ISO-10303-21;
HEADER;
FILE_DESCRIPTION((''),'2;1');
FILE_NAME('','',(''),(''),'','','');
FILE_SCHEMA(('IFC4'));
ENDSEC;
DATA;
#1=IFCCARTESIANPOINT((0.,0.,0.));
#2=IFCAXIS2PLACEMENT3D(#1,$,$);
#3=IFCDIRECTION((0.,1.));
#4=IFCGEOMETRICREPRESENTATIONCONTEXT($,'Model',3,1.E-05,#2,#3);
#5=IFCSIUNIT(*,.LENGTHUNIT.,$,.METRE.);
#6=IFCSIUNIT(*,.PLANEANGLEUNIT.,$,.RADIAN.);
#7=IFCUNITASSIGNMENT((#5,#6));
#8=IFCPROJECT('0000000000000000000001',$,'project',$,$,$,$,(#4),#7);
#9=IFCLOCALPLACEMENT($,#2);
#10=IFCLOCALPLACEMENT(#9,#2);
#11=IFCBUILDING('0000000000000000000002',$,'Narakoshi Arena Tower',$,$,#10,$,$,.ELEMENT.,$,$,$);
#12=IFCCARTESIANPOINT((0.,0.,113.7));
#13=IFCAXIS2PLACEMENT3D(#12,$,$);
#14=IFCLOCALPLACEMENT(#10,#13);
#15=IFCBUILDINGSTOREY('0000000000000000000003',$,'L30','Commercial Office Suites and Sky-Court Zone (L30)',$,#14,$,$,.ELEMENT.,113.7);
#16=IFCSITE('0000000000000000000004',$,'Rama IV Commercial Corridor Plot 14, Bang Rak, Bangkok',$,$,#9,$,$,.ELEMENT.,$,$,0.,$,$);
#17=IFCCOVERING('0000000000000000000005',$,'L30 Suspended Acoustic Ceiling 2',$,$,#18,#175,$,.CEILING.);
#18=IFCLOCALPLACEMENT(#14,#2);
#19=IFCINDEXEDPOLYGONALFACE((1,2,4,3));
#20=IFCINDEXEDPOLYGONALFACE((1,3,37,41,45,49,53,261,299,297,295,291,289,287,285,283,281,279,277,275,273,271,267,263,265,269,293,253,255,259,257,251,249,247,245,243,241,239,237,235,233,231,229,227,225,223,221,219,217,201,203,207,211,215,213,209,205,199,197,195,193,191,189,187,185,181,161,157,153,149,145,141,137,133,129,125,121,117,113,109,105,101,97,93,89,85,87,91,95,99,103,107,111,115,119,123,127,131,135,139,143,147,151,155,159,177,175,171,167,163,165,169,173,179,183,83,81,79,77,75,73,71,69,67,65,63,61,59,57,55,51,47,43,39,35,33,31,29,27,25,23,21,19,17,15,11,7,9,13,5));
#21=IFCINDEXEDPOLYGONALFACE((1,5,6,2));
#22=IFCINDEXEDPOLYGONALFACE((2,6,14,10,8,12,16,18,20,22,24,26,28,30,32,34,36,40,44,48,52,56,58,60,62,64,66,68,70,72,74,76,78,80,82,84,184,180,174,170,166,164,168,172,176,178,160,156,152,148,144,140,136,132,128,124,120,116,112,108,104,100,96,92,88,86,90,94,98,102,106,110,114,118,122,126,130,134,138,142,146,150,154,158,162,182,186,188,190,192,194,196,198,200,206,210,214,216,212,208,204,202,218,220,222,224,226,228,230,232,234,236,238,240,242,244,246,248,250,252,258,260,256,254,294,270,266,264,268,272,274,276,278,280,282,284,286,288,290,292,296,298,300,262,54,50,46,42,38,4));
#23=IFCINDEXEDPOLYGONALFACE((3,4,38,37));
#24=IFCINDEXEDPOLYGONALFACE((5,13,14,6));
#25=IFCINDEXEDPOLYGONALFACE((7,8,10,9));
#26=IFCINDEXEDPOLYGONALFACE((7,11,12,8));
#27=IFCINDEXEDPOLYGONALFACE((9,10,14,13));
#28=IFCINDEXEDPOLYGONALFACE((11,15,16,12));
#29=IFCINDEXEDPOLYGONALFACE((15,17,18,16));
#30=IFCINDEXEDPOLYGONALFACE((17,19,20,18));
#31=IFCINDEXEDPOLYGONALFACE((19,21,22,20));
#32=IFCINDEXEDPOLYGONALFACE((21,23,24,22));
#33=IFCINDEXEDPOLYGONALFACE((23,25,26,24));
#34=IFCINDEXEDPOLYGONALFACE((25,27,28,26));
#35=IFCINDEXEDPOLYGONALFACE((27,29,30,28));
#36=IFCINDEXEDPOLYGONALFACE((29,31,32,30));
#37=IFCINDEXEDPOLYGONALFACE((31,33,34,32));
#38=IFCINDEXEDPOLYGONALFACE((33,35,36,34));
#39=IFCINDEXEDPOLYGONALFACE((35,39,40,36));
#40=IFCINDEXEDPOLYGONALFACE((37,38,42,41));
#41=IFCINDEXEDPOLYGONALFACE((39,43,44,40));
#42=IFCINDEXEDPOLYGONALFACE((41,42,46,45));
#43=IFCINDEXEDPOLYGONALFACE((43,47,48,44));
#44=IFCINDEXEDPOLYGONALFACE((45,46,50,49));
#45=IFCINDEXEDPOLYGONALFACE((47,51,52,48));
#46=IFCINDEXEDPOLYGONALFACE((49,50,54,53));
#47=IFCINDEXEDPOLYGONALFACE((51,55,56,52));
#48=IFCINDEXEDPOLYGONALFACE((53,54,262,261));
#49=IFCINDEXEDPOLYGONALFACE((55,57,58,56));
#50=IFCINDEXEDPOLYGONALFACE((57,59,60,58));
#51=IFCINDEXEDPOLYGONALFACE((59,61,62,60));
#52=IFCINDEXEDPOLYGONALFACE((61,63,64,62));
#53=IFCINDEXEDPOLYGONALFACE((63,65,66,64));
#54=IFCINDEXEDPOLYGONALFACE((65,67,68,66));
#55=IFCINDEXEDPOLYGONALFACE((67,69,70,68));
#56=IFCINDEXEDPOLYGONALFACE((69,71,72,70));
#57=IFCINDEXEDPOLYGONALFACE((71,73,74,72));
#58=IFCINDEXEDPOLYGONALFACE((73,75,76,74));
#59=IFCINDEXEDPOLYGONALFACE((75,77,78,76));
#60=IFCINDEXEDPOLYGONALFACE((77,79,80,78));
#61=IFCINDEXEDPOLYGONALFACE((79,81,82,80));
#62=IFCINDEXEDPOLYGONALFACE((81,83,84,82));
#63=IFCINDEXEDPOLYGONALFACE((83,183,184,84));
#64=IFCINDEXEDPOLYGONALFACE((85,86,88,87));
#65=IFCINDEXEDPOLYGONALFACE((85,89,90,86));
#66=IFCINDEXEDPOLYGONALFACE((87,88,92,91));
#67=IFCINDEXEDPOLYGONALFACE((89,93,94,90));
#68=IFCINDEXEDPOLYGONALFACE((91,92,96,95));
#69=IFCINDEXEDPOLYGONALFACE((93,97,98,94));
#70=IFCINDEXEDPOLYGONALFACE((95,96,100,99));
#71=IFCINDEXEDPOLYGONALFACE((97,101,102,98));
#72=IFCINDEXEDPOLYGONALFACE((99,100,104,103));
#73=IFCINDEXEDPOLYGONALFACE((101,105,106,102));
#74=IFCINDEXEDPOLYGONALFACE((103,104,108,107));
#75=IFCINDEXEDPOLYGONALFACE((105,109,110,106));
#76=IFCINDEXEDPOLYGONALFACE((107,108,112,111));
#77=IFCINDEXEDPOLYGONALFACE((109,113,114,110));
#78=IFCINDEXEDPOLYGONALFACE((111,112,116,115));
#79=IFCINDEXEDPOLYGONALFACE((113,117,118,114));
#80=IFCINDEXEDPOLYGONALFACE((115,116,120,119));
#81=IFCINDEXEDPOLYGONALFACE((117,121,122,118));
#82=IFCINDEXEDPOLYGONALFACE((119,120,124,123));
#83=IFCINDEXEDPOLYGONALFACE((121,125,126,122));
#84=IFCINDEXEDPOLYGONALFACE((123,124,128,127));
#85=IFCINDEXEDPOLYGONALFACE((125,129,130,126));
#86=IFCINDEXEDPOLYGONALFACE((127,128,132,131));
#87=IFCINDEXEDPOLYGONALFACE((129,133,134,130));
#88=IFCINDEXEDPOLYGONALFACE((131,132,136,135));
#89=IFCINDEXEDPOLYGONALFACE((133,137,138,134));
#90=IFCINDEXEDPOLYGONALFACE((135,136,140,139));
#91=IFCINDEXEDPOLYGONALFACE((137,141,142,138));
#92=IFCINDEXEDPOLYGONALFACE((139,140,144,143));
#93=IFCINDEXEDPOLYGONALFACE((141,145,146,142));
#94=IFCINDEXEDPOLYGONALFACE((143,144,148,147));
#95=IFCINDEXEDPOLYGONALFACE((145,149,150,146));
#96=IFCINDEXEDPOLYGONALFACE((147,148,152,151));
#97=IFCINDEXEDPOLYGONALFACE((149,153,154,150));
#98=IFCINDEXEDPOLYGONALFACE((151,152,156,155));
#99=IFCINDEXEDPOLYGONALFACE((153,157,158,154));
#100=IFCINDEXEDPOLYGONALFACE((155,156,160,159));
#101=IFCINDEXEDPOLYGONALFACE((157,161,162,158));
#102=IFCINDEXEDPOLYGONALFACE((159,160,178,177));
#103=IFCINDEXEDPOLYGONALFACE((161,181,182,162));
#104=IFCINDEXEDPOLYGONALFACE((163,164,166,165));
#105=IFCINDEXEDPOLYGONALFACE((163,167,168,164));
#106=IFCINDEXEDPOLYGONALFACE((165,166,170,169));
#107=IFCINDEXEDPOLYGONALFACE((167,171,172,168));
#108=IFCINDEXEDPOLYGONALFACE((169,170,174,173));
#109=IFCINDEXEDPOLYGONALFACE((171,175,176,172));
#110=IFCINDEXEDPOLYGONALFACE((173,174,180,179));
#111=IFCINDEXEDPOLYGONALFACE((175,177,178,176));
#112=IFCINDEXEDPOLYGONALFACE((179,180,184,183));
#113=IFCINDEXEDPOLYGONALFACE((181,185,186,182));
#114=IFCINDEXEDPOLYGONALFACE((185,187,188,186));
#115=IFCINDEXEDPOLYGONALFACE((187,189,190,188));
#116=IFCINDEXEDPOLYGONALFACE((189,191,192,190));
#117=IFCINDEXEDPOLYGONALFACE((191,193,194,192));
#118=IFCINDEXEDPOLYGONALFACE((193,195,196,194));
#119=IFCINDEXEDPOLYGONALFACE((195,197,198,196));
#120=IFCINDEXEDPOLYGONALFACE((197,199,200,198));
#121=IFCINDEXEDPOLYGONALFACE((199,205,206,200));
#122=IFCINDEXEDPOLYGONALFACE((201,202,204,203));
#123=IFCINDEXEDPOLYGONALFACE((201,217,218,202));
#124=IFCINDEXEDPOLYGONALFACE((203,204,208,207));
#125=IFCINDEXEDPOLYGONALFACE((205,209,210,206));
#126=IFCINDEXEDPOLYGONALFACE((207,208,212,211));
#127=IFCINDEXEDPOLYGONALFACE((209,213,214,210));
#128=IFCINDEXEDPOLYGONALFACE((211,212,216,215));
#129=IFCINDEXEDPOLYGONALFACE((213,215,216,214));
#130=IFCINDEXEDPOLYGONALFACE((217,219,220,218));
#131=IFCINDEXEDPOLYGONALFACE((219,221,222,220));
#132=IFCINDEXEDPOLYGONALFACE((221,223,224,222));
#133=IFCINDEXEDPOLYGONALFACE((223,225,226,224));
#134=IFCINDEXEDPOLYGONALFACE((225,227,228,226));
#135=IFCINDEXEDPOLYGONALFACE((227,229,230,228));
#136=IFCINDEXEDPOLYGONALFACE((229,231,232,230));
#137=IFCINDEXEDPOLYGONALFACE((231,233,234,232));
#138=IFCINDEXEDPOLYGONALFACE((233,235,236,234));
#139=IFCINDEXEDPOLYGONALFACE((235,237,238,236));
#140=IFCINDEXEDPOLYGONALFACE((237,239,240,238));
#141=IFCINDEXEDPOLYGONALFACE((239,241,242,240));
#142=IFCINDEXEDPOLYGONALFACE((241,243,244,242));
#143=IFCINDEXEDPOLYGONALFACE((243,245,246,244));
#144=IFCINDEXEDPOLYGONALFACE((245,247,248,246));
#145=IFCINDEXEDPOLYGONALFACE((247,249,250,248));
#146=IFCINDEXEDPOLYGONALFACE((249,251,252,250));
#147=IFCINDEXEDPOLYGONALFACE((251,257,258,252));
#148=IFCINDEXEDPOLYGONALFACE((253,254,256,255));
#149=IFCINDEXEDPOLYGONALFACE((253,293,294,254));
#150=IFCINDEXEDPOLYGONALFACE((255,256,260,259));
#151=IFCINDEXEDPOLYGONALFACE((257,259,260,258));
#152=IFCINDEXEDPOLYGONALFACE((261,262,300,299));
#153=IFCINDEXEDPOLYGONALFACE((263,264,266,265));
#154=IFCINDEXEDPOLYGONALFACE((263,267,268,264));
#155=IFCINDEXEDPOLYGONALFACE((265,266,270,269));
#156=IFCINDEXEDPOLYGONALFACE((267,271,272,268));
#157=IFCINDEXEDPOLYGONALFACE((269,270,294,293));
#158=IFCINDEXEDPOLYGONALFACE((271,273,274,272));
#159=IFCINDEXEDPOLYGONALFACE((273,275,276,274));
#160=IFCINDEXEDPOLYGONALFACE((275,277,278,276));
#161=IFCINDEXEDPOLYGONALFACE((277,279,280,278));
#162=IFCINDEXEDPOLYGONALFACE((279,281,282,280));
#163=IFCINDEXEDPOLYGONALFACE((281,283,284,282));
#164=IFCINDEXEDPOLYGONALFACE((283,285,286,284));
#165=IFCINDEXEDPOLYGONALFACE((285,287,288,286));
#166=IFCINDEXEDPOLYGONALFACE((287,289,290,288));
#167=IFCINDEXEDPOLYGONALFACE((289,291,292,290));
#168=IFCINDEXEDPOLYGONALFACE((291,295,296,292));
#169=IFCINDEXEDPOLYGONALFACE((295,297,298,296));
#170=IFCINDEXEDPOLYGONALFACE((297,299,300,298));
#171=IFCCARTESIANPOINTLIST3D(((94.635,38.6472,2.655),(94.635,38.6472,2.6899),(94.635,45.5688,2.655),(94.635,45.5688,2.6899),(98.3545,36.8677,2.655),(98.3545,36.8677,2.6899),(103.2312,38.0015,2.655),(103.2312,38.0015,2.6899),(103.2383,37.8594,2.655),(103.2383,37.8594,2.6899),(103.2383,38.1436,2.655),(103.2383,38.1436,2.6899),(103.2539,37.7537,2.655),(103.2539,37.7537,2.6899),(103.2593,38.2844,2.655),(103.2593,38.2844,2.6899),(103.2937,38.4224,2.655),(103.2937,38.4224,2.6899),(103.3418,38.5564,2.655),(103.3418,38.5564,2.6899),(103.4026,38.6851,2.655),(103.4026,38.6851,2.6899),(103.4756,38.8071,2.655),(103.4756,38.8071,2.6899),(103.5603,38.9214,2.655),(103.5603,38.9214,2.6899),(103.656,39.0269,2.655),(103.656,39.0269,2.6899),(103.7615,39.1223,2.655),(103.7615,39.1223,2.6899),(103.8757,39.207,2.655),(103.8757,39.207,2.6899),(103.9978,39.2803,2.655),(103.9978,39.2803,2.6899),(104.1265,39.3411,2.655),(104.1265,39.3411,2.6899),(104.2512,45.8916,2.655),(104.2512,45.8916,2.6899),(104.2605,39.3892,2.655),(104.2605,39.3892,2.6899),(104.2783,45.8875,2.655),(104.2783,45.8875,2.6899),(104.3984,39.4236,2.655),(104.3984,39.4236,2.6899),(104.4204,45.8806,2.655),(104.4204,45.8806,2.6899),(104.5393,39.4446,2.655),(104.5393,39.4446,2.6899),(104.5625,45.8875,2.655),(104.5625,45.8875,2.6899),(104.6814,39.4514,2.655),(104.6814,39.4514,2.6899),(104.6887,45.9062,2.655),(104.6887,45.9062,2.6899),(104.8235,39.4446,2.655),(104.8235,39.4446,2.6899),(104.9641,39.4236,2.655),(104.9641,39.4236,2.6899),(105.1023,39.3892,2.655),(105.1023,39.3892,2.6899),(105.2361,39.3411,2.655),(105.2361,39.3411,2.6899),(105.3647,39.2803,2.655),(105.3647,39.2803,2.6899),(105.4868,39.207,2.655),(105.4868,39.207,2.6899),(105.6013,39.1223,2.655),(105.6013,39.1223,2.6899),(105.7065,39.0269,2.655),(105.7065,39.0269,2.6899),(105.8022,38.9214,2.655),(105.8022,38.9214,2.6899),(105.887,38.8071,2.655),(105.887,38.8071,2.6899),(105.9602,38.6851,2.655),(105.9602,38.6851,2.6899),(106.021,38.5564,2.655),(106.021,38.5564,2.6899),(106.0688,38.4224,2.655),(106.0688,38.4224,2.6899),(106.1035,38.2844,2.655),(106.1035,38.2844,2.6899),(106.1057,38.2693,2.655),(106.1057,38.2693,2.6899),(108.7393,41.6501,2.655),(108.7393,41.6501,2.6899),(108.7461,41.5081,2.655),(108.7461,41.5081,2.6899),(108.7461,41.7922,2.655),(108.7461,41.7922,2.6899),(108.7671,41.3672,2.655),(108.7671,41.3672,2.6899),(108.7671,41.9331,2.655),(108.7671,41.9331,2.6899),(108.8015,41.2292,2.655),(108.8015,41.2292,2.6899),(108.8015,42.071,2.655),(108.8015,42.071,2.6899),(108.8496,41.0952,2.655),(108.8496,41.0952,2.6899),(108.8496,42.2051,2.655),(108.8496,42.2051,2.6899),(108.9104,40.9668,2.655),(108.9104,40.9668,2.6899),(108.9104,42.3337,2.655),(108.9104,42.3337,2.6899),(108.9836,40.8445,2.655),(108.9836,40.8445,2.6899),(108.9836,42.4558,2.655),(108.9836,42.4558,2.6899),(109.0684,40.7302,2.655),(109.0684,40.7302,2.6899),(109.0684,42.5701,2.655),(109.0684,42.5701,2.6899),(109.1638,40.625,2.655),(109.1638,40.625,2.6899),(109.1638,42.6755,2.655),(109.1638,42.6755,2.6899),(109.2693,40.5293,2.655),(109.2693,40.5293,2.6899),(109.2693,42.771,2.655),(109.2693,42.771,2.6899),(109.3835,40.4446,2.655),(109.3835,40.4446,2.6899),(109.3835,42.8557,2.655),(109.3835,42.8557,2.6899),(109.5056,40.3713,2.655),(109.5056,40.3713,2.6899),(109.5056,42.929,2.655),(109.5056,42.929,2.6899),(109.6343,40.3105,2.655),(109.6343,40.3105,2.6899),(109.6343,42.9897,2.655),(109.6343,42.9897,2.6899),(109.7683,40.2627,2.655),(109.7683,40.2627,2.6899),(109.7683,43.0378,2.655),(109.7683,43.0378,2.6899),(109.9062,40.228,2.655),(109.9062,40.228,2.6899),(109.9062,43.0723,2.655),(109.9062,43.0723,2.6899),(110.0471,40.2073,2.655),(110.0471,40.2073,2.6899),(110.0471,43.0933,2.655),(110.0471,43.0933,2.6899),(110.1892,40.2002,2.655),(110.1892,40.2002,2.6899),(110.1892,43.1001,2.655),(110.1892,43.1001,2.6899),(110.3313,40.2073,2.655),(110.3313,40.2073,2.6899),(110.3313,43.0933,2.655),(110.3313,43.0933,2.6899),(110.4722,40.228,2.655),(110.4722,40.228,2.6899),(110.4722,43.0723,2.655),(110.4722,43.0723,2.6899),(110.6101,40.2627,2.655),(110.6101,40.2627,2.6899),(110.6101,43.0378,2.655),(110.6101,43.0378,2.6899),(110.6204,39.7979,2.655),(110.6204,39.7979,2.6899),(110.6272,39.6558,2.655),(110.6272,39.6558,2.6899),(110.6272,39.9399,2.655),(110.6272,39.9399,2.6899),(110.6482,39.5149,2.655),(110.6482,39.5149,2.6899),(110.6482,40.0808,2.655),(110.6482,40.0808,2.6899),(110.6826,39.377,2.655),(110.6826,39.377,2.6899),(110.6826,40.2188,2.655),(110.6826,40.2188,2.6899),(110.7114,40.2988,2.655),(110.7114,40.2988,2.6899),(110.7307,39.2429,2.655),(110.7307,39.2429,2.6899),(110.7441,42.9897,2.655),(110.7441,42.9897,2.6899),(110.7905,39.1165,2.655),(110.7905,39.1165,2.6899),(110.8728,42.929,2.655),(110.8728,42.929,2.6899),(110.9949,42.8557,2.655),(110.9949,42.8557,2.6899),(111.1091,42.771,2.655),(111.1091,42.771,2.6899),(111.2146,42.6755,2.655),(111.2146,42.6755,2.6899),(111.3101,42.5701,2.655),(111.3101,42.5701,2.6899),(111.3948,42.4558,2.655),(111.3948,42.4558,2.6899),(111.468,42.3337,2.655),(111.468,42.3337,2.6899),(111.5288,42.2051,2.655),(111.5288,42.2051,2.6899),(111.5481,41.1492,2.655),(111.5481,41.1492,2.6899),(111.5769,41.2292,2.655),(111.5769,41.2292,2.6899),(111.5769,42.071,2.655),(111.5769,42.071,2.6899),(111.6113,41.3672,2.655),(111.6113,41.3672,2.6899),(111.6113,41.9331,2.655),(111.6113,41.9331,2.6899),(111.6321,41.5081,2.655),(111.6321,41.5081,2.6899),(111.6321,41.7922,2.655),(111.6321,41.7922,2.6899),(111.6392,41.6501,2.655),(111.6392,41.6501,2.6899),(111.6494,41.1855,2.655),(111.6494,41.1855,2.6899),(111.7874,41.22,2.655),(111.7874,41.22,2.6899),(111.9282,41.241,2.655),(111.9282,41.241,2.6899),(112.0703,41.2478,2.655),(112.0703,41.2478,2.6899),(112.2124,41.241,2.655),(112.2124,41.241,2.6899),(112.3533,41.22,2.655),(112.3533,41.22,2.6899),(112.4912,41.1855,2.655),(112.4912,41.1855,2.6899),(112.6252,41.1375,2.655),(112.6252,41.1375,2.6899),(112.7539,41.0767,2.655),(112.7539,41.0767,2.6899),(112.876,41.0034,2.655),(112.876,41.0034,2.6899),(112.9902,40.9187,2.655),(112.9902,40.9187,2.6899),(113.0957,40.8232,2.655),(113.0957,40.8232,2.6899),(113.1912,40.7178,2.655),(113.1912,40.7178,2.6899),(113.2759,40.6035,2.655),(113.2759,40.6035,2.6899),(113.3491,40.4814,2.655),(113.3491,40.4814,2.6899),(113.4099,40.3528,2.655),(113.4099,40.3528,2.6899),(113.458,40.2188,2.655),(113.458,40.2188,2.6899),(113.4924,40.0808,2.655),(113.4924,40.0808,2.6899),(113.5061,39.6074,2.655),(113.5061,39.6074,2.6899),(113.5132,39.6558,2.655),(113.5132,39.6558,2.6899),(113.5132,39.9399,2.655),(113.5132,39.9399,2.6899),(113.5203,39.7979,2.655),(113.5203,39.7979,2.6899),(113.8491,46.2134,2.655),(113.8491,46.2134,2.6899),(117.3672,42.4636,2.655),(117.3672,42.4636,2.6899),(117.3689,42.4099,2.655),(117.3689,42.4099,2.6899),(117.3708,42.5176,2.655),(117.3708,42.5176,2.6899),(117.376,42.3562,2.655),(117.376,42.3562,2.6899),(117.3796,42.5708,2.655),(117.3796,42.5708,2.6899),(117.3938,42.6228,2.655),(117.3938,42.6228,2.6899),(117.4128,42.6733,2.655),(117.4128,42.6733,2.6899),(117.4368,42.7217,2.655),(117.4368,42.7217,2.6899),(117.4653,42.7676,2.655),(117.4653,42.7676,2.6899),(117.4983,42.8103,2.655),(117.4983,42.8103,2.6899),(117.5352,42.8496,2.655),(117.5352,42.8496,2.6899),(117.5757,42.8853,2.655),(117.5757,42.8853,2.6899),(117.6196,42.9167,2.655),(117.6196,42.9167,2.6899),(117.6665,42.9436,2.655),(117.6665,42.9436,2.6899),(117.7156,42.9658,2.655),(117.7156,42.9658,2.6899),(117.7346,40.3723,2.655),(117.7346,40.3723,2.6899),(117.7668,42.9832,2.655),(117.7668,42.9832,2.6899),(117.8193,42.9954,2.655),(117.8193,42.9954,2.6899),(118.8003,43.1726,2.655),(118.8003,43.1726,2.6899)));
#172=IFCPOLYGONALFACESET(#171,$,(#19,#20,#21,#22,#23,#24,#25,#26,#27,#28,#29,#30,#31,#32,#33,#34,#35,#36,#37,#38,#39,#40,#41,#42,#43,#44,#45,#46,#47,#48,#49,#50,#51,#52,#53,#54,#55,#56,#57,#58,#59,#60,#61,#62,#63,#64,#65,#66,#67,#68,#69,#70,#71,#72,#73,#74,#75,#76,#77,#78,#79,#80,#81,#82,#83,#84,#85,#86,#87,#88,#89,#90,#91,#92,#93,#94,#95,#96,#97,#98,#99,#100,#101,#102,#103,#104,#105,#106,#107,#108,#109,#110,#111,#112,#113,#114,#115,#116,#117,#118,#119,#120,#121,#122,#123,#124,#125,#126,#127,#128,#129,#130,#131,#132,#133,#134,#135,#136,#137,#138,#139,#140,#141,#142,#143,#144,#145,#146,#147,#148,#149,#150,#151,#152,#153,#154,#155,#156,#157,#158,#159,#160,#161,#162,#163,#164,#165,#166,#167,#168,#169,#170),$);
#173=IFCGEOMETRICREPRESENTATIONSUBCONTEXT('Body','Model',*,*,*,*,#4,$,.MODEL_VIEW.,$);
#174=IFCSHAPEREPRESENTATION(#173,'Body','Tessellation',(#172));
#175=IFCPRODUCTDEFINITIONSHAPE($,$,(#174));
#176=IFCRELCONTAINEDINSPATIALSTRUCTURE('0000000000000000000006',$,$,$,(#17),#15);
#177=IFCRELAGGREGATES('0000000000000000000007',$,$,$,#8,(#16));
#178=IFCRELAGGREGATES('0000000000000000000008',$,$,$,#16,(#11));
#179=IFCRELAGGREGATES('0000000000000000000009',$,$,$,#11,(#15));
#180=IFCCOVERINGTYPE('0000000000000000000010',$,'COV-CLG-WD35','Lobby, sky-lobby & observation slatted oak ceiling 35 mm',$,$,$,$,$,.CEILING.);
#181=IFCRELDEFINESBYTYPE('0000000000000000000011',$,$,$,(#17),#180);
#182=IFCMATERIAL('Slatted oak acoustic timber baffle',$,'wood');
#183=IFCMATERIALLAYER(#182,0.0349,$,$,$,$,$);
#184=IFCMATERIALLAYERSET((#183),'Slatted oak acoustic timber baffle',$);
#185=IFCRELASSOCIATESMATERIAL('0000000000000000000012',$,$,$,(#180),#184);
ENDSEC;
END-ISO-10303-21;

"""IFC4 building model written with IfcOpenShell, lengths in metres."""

from ifc_helpers import new_model, si_unit, direction, frame, origin, place, context, subcontext, project, spatial, polyline, outline, extrude, material, layer, layer_set, type_object, element, save


model = new_model("IFC4")

# Units and contexts
model_context = context("Model", 3, precision=1e-05, world=origin(), true_north=direction((0.0, 1.0)))
body_context = subcontext(model_context, "Body", "Model", "MODEL_VIEW")
ifc_project = project(units=[si_unit("LENGTHUNIT", "METRE"), si_unit("PLANEANGLEUNIT", "RADIAN")], contexts=[model_context])

# Site, building, storey
site_placement = place(None, origin())
site = spatial("IfcSite", under=ifc_project, at=site_placement, Name="Rama IV Commercial Corridor Plot 14, Bang Rak, Bangkok", CompositionType="ELEMENT", RefElevation=0.0)
building_placement = place(site_placement, origin())
building = spatial("IfcBuilding", under=site, at=building_placement, Name="Narakoshi Arena Tower", CompositionType="ELEMENT")
storey_placement = place(building_placement, frame((0.0, 0.0, 113.7)))
storey = spatial("IfcBuildingStorey", under=building, at=storey_placement, Name="L30", Description="Commercial Office Suites and Sky-Court Zone (L30)", CompositionType="ELEMENT", Elevation=113.7)

# Covering
ifc_material_1 = material(Name="Slatted oak acoustic timber baffle", Category="wood")
ifc_layer_1 = layer(ifc_material_1, 0.0349)
ifc_layer_set_1 = layer_set([ifc_layer_1], Name="Slatted oak acoustic timber baffle")
covering_type_1 = type_object("IfcCoveringType", Name="COV-CLG-WD35", Description="Lobby, sky-lobby & observation slatted oak ceiling 35 mm", PredefinedType="CEILING", material=ifc_layer_set_1)
covering_1_placement = place(storey_placement, frame((0.0, 0.0, 2.655)))
element("IfcCovering", 1, at=covering_1_placement, inside=storey, type_object=covering_type_1, Name="L30 Suspended Acoustic Ceiling 2", PredefinedType="CEILING", context=body_context, shape_type="SweptSolid", body=[
    extrude(outline(polyline([(117.7668, 42.9832), (117.7156, 42.9658), (117.6665, 42.9436), (117.6196, 42.9167), (117.5757, 42.8853), (117.5352, 42.8496), (117.4983, 42.8103), (117.4653, 42.7676), (117.4368, 42.7217), (117.4128, 42.6733), (117.3938, 42.6228), (117.3796, 42.5708), (117.3708, 42.5176), (117.3672, 42.4636), (117.3689, 42.4099), (117.376, 42.3562), (117.7346, 40.3723), (113.5061, 39.6074), (113.5132, 39.6558), (113.5203, 39.7979), (113.5132, 39.9399), (113.4924, 40.0808), (113.458, 40.2188), (113.4099, 40.3528), (113.3491, 40.4814), (113.2759, 40.6035), (113.1912, 40.7178), (113.0957, 40.8232), (112.9902, 40.9187), (112.876, 41.0034), (112.7539, 41.0767), (112.6252, 41.1375), (112.4912, 41.1855), (112.3533, 41.22), (112.2124, 41.241), (112.0703, 41.2478), (111.9282, 41.241), (111.7874, 41.22), (111.6494, 41.1855), (111.5481, 41.1492), (111.5769, 41.2292), (111.6113, 41.3672), (111.6321, 41.5081), (111.6392, 41.6501), (111.6321, 41.7922), (111.6113, 41.9331), (111.5769, 42.071), (111.5288, 42.2051), (111.468, 42.3337), (111.3948, 42.4558), (111.3101, 42.5701), (111.2146, 42.6755), (111.1091, 42.771), (110.9949, 42.8557), (110.8728, 42.929), (110.7441, 42.9897), (110.6101, 43.0378), (110.4722, 43.0723), (110.3313, 43.0933), (110.1892, 43.1001), (110.0471, 43.0933), (109.9062, 43.0723), (109.7683, 43.0378), (109.6343, 42.9897), (109.5056, 42.929), (109.3835, 42.8557), (109.2693, 42.771), (109.1638, 42.6755), (109.0684, 42.5701), (108.9836, 42.4558), (108.9104, 42.3337), (108.8496, 42.2051), (108.8015, 42.071), (108.7671, 41.9331), (108.7461, 41.7922), (108.7393, 41.6501), (108.7461, 41.5081), (108.7671, 41.3672), (108.8015, 41.2292), (108.8496, 41.0952), (108.9104, 40.9668), (108.9836, 40.8445), (109.0684, 40.7302), (109.1638, 40.625), (109.2693, 40.5293), (109.3835, 40.4446), (109.5056, 40.3713), (109.6343, 40.3105), (109.7683, 40.2627), (109.9062, 40.228), (110.0471, 40.2073), (110.1892, 40.2002), (110.3313, 40.2073), (110.4722, 40.228), (110.6101, 40.2627), (110.7114, 40.2988), (110.6826, 40.2188), (110.6482, 40.0808), (110.6272, 39.9399), (110.6204, 39.7979), (110.6272, 39.6558), (110.6482, 39.5149), (110.6826, 39.377), (110.7307, 39.2429), (110.7905, 39.1165), (106.1057, 38.2693), (106.1035, 38.2844), (106.0688, 38.4224), (106.021, 38.5564), (105.9602, 38.6851), (105.887, 38.8071), (105.8022, 38.9214), (105.7065, 39.0269), (105.6013, 39.1223), (105.4868, 39.207), (105.3647, 39.2803), (105.2361, 39.3411), (105.1023, 39.3892), (104.9641, 39.4236), (104.8235, 39.4446), (104.6814, 39.4514), (104.5393, 39.4446), (104.3984, 39.4236), (104.2605, 39.3892), (104.1265, 39.3411), (103.9978, 39.2803), (103.8757, 39.207), (103.7615, 39.1223), (103.656, 39.0269), (103.5603, 38.9214), (103.4756, 38.8071), (103.4026, 38.6851), (103.3418, 38.5564), (103.2937, 38.4224), (103.2593, 38.2844), (103.2383, 38.1436), (103.2312, 38.0015), (103.2383, 37.8594), (103.2539, 37.7537), (98.3545, 36.8677), (94.635, 38.6472), (94.635, 45.5688), (104.2512, 45.8916), (104.2783, 45.8875), (104.4204, 45.8806), (104.5625, 45.8875), (104.6887, 45.9062), (113.8491, 46.2134), (118.8003, 43.1726), (117.8193, 42.9954), (117.7668, 42.9832)])), origin(), (0.0, 0.0, 1.0), 0.0349),
])

save(model, "model.ifc")
